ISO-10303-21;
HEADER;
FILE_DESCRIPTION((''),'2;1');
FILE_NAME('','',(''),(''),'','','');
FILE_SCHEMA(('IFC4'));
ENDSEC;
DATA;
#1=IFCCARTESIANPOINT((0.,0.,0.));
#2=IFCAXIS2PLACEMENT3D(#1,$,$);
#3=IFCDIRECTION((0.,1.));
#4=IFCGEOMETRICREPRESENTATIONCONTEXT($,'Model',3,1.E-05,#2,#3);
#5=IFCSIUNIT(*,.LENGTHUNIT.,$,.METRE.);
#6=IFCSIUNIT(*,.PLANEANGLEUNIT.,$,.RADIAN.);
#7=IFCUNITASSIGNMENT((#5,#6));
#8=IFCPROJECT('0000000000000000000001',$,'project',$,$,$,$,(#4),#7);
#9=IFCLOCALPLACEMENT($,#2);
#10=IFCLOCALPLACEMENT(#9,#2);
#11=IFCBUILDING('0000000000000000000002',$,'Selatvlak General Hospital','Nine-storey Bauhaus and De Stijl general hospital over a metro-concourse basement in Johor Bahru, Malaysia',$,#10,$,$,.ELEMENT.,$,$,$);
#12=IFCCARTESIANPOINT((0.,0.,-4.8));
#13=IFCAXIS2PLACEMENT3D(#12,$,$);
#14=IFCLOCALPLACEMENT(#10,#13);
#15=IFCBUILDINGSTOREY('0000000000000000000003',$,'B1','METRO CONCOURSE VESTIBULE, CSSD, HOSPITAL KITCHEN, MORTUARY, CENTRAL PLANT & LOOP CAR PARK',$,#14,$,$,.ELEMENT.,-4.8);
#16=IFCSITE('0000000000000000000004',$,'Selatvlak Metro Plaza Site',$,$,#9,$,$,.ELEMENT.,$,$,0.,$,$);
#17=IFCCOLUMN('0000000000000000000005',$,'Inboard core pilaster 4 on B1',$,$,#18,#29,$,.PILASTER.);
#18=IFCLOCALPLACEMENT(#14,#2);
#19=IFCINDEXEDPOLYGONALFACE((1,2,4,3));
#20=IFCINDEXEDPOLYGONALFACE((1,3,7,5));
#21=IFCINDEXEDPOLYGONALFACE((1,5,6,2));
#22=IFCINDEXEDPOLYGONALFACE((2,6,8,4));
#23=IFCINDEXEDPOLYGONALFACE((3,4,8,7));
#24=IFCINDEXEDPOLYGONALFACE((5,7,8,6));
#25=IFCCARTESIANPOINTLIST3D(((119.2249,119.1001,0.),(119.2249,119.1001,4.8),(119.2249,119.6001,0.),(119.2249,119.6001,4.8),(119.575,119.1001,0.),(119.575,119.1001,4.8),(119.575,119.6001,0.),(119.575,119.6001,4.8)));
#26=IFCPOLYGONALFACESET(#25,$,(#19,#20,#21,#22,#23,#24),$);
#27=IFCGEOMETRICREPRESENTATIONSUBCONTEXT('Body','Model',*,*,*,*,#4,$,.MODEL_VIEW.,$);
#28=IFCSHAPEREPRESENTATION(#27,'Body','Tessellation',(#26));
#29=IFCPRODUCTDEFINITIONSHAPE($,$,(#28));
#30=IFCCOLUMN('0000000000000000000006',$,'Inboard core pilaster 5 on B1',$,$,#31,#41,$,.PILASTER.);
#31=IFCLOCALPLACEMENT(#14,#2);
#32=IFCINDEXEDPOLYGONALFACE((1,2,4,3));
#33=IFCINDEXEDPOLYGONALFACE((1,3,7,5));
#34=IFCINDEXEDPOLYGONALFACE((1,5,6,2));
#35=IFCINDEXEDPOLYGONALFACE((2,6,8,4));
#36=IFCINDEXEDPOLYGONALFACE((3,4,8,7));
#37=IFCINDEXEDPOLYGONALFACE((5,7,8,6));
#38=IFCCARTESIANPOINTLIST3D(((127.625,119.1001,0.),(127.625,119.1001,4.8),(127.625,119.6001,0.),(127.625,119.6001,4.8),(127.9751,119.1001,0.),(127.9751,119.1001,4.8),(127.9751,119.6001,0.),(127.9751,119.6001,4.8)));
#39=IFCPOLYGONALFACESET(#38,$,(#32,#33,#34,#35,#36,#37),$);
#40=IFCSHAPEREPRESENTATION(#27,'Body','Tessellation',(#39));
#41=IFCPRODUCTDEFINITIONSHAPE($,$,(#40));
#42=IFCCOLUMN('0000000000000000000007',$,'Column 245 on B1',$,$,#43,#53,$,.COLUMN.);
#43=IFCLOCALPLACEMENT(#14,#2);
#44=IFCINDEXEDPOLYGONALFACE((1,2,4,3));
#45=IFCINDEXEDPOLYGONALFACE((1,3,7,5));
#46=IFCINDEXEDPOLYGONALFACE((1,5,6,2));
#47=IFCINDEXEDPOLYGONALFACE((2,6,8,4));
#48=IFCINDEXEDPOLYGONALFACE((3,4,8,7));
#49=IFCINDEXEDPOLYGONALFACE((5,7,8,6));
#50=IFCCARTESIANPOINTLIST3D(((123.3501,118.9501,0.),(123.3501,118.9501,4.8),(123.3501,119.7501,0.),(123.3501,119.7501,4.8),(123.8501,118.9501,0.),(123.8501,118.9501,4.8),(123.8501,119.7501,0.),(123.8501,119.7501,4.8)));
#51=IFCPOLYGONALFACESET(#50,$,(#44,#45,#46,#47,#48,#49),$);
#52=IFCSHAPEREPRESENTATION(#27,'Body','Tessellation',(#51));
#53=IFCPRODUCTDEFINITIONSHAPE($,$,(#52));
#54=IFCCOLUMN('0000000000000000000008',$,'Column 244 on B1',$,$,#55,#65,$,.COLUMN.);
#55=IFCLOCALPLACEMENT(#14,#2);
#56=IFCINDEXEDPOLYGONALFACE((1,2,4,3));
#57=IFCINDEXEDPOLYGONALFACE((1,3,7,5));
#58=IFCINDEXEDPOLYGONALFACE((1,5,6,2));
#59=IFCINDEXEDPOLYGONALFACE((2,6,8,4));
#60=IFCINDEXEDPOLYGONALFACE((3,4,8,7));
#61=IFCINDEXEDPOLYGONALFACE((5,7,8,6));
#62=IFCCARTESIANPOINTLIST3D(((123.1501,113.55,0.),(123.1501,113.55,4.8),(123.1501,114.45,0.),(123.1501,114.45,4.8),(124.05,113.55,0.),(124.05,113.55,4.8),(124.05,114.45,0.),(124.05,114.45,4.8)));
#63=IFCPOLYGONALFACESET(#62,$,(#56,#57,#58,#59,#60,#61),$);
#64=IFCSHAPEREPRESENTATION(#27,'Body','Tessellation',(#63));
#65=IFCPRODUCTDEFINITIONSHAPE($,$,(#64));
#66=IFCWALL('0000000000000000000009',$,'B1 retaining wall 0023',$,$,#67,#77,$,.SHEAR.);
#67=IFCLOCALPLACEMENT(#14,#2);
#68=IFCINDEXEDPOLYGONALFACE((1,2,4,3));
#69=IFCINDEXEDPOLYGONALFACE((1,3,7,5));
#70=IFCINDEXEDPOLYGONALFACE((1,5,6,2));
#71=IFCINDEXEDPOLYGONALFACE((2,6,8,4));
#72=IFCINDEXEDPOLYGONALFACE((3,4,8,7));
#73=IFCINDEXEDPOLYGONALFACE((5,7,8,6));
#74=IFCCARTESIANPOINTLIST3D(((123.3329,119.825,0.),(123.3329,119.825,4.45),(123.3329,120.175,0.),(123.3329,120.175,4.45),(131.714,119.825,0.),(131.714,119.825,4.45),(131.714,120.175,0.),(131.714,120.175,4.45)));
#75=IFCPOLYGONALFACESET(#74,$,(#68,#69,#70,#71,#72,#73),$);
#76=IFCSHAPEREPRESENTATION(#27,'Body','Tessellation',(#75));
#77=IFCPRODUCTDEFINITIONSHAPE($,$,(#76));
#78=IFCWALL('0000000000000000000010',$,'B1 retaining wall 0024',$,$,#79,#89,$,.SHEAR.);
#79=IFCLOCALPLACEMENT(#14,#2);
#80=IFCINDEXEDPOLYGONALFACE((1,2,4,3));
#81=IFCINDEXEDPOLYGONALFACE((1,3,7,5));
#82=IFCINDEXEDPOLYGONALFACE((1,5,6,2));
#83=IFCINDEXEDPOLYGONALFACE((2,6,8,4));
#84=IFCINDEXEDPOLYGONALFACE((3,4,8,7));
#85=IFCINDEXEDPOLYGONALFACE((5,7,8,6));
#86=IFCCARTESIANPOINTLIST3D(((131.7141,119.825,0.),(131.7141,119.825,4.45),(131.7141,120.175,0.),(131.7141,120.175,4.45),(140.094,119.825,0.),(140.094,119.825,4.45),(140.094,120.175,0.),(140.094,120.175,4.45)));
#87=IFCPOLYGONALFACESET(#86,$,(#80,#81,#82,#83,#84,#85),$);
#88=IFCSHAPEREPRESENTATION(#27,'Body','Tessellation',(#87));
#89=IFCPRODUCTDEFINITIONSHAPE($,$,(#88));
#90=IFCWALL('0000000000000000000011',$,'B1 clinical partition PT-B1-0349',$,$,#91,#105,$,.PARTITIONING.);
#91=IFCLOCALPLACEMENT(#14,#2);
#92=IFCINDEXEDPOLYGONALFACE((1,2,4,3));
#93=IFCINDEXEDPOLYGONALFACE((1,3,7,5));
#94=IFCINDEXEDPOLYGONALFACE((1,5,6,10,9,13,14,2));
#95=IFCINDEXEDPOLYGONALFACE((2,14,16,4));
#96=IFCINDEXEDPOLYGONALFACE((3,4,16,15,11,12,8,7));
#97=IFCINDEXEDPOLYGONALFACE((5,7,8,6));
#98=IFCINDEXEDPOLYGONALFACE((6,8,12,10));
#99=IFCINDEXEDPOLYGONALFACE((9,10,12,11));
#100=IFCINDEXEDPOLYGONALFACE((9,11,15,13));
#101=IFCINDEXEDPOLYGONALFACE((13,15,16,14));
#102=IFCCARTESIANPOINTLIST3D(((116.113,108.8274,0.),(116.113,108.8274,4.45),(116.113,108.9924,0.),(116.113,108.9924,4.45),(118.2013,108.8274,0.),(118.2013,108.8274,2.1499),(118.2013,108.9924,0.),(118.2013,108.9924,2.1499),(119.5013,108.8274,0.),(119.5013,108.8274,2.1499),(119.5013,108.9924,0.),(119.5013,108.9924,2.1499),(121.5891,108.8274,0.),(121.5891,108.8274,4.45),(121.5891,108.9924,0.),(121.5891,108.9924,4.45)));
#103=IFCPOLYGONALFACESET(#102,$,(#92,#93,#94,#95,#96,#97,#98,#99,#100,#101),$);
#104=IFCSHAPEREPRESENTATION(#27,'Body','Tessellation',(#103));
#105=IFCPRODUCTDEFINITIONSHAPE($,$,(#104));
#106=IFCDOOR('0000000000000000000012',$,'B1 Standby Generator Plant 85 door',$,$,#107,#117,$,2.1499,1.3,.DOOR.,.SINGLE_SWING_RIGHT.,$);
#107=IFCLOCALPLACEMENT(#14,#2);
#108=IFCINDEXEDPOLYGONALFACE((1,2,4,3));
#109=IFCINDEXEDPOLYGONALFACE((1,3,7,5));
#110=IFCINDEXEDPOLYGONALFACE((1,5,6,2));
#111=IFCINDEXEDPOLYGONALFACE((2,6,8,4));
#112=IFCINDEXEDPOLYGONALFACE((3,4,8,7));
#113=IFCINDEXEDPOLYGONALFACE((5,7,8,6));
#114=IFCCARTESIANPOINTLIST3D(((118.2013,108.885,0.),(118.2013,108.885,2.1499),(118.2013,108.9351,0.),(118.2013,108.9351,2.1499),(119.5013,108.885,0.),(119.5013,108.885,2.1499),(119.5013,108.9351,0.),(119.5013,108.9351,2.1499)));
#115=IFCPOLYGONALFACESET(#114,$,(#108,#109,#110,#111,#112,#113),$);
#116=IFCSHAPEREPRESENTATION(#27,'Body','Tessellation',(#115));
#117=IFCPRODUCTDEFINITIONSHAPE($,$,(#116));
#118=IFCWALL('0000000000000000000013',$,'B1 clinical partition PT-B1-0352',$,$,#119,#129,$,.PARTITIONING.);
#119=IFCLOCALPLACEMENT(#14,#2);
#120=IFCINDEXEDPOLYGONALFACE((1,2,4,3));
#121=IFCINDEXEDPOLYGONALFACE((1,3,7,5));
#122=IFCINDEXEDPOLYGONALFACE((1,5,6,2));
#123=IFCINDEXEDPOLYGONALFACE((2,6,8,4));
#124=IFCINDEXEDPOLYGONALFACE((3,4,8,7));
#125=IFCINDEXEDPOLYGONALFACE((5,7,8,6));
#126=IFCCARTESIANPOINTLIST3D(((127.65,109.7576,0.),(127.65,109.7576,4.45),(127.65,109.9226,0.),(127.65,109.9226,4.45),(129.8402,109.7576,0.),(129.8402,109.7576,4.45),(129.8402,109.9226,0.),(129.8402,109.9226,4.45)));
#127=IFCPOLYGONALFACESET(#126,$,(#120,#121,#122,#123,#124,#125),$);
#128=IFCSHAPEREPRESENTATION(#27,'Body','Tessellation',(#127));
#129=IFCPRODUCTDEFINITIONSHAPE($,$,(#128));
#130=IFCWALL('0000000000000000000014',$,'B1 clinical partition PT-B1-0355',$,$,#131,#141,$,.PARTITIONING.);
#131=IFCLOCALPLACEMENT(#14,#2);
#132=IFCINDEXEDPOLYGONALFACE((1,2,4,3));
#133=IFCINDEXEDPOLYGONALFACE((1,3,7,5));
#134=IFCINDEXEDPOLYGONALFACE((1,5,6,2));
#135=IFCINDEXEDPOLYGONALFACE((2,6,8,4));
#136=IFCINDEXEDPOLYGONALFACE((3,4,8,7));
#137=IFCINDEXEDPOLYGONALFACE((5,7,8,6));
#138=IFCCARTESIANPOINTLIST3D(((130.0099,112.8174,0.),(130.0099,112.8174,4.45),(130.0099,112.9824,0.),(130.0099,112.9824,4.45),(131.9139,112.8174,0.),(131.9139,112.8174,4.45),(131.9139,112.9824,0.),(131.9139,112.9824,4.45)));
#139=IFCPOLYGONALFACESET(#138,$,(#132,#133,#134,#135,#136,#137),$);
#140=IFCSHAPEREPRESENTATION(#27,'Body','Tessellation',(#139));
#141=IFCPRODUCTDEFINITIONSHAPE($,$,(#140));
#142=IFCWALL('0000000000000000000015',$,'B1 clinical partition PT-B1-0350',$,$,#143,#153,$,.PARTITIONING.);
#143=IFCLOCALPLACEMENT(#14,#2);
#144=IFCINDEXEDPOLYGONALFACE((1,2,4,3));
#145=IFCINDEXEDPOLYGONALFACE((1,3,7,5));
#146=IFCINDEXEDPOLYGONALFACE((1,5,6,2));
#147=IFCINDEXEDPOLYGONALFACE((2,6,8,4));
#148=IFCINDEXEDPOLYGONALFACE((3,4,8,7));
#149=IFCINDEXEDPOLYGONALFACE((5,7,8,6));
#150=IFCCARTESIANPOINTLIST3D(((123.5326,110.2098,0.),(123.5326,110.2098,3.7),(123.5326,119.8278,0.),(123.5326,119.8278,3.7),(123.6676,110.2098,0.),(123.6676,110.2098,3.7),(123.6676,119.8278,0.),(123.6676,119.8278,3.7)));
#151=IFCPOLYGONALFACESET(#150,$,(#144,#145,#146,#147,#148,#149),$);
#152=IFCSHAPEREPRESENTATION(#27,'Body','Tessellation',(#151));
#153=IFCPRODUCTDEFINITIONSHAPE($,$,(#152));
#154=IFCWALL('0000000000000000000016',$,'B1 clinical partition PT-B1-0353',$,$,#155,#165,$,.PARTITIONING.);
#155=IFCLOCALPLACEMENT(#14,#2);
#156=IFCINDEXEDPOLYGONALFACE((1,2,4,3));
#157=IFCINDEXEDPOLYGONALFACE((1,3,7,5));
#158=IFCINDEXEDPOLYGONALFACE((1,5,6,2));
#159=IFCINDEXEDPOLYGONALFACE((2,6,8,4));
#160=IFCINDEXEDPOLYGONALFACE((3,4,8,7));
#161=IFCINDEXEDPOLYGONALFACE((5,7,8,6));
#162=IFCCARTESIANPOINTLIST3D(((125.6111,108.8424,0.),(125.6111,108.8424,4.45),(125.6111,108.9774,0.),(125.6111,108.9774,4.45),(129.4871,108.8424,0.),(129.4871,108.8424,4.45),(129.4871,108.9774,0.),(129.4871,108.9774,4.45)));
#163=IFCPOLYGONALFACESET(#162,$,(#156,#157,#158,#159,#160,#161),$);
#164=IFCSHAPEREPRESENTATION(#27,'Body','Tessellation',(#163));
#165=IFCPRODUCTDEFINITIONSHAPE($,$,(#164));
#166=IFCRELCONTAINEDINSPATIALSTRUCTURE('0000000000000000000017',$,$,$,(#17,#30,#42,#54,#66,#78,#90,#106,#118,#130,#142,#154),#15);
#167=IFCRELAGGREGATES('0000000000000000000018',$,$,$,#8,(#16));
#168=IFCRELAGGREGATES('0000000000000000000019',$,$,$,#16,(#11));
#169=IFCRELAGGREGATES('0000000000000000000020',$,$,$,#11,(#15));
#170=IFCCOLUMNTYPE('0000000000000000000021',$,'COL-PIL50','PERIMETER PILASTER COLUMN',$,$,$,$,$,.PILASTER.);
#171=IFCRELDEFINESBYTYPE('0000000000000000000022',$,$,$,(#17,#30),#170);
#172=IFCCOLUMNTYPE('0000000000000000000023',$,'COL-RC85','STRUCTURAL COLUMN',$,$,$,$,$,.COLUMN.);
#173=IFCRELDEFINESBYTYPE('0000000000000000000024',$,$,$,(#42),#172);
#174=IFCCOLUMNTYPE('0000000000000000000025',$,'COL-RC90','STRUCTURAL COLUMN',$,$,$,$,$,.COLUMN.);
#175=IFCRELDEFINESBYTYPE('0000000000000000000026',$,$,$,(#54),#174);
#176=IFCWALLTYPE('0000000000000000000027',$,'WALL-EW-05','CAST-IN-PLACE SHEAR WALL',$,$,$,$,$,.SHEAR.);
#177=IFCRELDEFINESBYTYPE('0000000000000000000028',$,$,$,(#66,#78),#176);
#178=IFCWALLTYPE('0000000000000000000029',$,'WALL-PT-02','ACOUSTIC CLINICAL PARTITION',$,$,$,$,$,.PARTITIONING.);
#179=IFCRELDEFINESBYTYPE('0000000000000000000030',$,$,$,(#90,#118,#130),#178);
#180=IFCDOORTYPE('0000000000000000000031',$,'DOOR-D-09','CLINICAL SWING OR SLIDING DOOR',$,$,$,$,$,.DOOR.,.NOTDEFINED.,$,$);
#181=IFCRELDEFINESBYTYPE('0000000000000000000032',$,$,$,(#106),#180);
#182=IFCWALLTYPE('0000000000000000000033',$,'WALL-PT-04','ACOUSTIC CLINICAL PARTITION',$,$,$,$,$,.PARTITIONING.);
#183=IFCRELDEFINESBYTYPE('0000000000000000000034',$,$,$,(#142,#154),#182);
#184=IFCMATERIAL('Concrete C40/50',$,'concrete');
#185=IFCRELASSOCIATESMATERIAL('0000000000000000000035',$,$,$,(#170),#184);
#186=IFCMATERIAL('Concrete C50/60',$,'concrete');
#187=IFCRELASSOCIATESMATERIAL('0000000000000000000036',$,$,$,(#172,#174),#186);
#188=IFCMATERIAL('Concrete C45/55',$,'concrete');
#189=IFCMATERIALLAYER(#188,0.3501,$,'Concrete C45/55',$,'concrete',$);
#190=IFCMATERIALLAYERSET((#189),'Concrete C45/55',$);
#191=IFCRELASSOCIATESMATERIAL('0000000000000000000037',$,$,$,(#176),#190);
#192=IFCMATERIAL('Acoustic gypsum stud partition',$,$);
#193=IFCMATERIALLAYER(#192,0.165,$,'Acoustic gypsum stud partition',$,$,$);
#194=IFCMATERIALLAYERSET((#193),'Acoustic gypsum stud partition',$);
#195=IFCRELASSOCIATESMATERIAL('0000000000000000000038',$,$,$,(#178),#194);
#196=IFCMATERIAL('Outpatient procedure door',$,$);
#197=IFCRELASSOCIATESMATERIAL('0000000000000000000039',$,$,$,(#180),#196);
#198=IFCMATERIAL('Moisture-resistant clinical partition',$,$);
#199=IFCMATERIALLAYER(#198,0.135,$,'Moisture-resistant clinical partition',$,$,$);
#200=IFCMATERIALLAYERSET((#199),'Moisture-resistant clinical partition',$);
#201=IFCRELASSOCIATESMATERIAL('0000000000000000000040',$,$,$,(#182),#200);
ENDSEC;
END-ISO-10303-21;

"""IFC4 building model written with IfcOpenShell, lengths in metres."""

from ifc_helpers import new_model, si_unit, direction, frame, frame_2d, origin, origin_2d, place, context, subcontext, project, spatial, rectangle, extrude, material, layer, layer_set, material_profile, profile_set, type_object, element, fill, save


model = new_model("IFC4")

# Units and contexts
model_context = context("Model", 3, precision=1e-05, world=origin(), true_north=direction((0.0, 1.0)))
body_context = subcontext(model_context, "Body", "Model", "MODEL_VIEW")
ifc_project = project(units=[si_unit("LENGTHUNIT", "METRE"), si_unit("PLANEANGLEUNIT", "RADIAN")], contexts=[model_context])

# Site, building, storey
site_placement = place(None, origin())
site = spatial("IfcSite", under=ifc_project, at=site_placement, Name="Selatvlak Metro Plaza Site", CompositionType="ELEMENT", RefElevation=0.0)
building_placement = place(site_placement, origin())
building = spatial("IfcBuilding", under=site, at=building_placement, Name="Selatvlak General Hospital", Description="Nine-storey Bauhaus and De Stijl general hospital over a metro-concourse basement in Johor Bahru, Malaysia", CompositionType="ELEMENT")
storey_placement = place(building_placement, frame((0.0, 0.0, -4.8)))
storey = spatial("IfcBuildingStorey", under=building, at=storey_placement, Name="B1", Description="METRO CONCOURSE VESTIBULE, CSSD, HOSPITAL KITCHEN, MORTUARY, CENTRAL PLANT & LOOP CAR PARK", CompositionType="ELEMENT", Elevation=-4.8)

# Shared definitions
ifc_material_1 = material(Name="Concrete C40/50", Category="concrete")

# Columns
ifc_material_profile_1 = material_profile(ifc_material_1, rectangle(XDim=0.3501, YDim=0.5, at=origin_2d()), Name="RC-PIL 500x350")
ifc_profile_set_1 = profile_set([ifc_material_profile_1], Name="Concrete C40/50")
column_type_1 = type_object("IfcColumnType", Name="COL-PIL50", Description="PERIMETER PILASTER COLUMN", PredefinedType="PILASTER", material=ifc_profile_set_1)
for number, where, z_axis, x_axis, name in (
    (1, (119.3999, 119.3501, 0.0), (0.0, 0.0, 1.0), (1.0, 0.0, 0.0), "Inboard core pilaster 4 on B1"),
    (2, (127.8, 119.3501, 0.0), (0.0, 0.0, 1.0), (1.0, 0.0, 0.0), "Inboard core pilaster 5 on B1"),
):
    element("IfcColumn", number, at=place(storey_placement, frame(where, z_axis=z_axis, x_axis=x_axis)), inside=storey, type_object=column_type_1, Name=name, PredefinedType="PILASTER", context=body_context, shape_type="SweptSolid", body=[
        extrude(rectangle(XDim=0.3501, YDim=0.5, at=origin_2d()), origin(), (0.0, 0.0, 1.0), 4.8),
    ])
ifc_material_2 = material(Name="Concrete C50/60", Category="concrete")
ifc_material_profile_2 = material_profile(ifc_material_2, rectangle(XDim=0.5, YDim=0.8, at=origin_2d()), Name="RC-COL 800x500")
ifc_profile_set_2 = profile_set([ifc_material_profile_2], Name="Concrete C50/60")
column_type_2 = type_object("IfcColumnType", Name="COL-RC85", Description="STRUCTURAL COLUMN", PredefinedType="COLUMN", material=ifc_profile_set_2)
column_1_placement = place(storey_placement, frame((123.6001, 119.3501, 0.0), z_axis=(0.0, 0.0, 1.0), x_axis=(1.0, 0.0, 0.0)))
element("IfcColumn", 3, at=column_1_placement, inside=storey, type_object=column_type_2, Name="Column 245 on B1", PredefinedType="COLUMN", context=body_context, shape_type="SweptSolid", body=[
    extrude(rectangle(XDim=0.5, YDim=0.8, at=origin_2d()), origin(), (0.0, 0.0, 1.0), 4.8),
])
ifc_material_profile_3 = material_profile(ifc_material_2, rectangle(XDim=0.8999, YDim=0.8999, at=origin_2d()), Name="RC-COL 900x900")
ifc_profile_set_3 = profile_set([ifc_material_profile_3], Name="Concrete C50/60")
column_type_3 = type_object("IfcColumnType", Name="COL-RC90", Description="STRUCTURAL COLUMN", PredefinedType="COLUMN", material=ifc_profile_set_3)
column_2_placement = place(storey_placement, frame((123.6001, 114.0, 0.0), z_axis=(0.0, 0.0, 1.0), x_axis=(1.0, 0.0, 0.0)))
element("IfcColumn", 4, at=column_2_placement, inside=storey, type_object=column_type_3, Name="Column 244 on B1", PredefinedType="COLUMN", context=body_context, shape_type="SweptSolid", body=[
    extrude(rectangle(XDim=0.8999, YDim=0.8999, at=origin_2d()), origin(), (0.0, 0.0, 1.0), 4.8),
])

# Walls
ifc_material_3 = material(Name="Concrete C45/55", Category="concrete")
ifc_layer_1 = layer(ifc_material_3, 0.3501, Name="Concrete C45/55", Category="concrete")
ifc_layer_set_1 = layer_set([ifc_layer_1], Name="Concrete C45/55")
wall_type_1 = type_object("IfcWallType", Name="WALL-EW-05", Description="CAST-IN-PLACE SHEAR WALL", PredefinedType="SHEAR", material=ifc_layer_set_1)
wall_1_placement = place(storey_placement, frame((123.333, 120.0, 0.0), z_axis=(0.0, 0.0, 1.0), x_axis=(1.0, 0.0, 0.0)))
element("IfcWall", 5, at=wall_1_placement, inside=storey, type_object=wall_type_1, Name="B1 retaining wall 0023", PredefinedType="SHEAR", context=body_context, shape_type="SweptSolid", body=[
    extrude(rectangle(XDim=8.3811, YDim=0.3501, at=frame_2d((4.1904, 0.0))), origin(), (0.0, 0.0, 1.0), 4.45),
])
wall_2_placement = place(storey_placement, frame((131.7141, 120.0, 0.0), z_axis=(0.0, 0.0, 1.0), x_axis=(1.0, 0.0, 0.0)))
element("IfcWall", 6, at=wall_2_placement, inside=storey, type_object=wall_type_1, Name="B1 retaining wall 0024", PredefinedType="SHEAR", context=body_context, shape_type="SweptSolid", body=[
    extrude(rectangle(XDim=8.3799, YDim=0.3501, at=frame_2d((4.1899, 0.0))), origin(), (0.0, 0.0, 1.0), 4.45),
])

# Wall, opening, door
ifc_material_4 = material(Name="Acoustic gypsum stud partition")
ifc_layer_2 = layer(ifc_material_4, 0.165, Name="Acoustic gypsum stud partition")
ifc_layer_set_2 = layer_set([ifc_layer_2], Name="Acoustic gypsum stud partition")
wall_type_2 = type_object("IfcWallType", Name="WALL-PT-02", Description="ACOUSTIC CLINICAL PARTITION", PredefinedType="PARTITIONING", material=ifc_layer_set_2)
wall_3_placement = place(storey_placement, frame((121.5891, 108.9099, 0.0), z_axis=(0.0, 0.0, 1.0), x_axis=(-1.0, 0.0, 0.0)))
wall_3 = element("IfcWall", 7, at=wall_3_placement, inside=storey, type_object=wall_type_2, Name="B1 clinical partition PT-B1-0349", PredefinedType="PARTITIONING", context=body_context, shape_type="SweptSolid", body=[
    extrude(rectangle(XDim=5.4761, YDim=0.165, at=frame_2d((2.738, 0.0))), origin(), (0.0, 0.0, 1.0), 4.45),
])
opening_1_placement = place(wall_3_placement, frame((2.0879, 0.0, 0.0)))
opening_1 = element("IfcOpeningElement", 8, at=opening_1_placement, cuts=wall_3, PredefinedType="OPENING", context=body_context, shape_type="SweptSolid", body=[
    extrude(rectangle(XDim=1.3, YDim=2.1499, at=frame_2d((0.6499, 1.075))), frame((0.0, 0.0925, 0.0), z_axis=(0.0, -1.0, 0.0), x_axis=(1.0, 0.0, 0.0)), (0.0, 0.0, 1.0), 0.1851),
])
ifc_material_5 = material(Name="Outpatient procedure door")
door_type_1 = type_object("IfcDoorType", Name="DOOR-D-09", Description="CLINICAL SWING OR SLIDING DOOR", OperationType="NOTDEFINED", PredefinedType="DOOR", material=ifc_material_5)
door_1_placement = place(opening_1_placement, origin())
door_1 = element("IfcDoor", 9, at=door_1_placement, inside=storey, type_object=door_type_1, Name="B1 Standby Generator Plant 85 door", OperationType="SINGLE_SWING_RIGHT", OverallHeight=2.1499, OverallWidth=1.3, PredefinedType="DOOR", context=body_context, shape_type="SweptSolid", body=[
    extrude(rectangle(XDim=1.3, YDim=2.1499, at=frame_2d((0.6499, 1.075))), frame((0.0, 0.0249, 0.0), z_axis=(0.0, -1.0, 0.0), x_axis=(1.0, 0.0, 0.0)), (0.0, 0.0, 1.0), 0.05),
])
fill(opening_1, door_1)

# Walls
wall_4_placement = place(storey_placement, frame((127.6499, 109.8401, 0.0), z_axis=(0.0, 0.0, 1.0), x_axis=(1.0, 0.0, 0.0)))
element("IfcWall", 10, at=wall_4_placement, inside=storey, type_object=wall_type_2, Name="B1 clinical partition PT-B1-0352", PredefinedType="PARTITIONING", context=body_context, shape_type="SweptSolid", body=[
    extrude(rectangle(XDim=2.1902, YDim=0.165, at=frame_2d((1.0952, 0.0))), origin(), (0.0, 0.0, 1.0), 4.45),
])
wall_5_placement = place(storey_placement, frame((131.9141, 112.8999, 0.0), z_axis=(0.0, 0.0, 1.0), x_axis=(-1.0, 0.0, 0.0)))
element("IfcWall", 11, at=wall_5_placement, inside=storey, type_object=wall_type_2, Name="B1 clinical partition PT-B1-0355", PredefinedType="PARTITIONING", context=body_context, shape_type="SweptSolid", body=[
    extrude(rectangle(XDim=1.9041, YDim=0.165, at=frame_2d((0.9521, 0.0))), origin(), (0.0, 0.0, 1.0), 4.45),
])
ifc_material_6 = material(Name="Moisture-resistant clinical partition")
ifc_layer_3 = layer(ifc_material_6, 0.135, Name="Moisture-resistant clinical partition")
ifc_layer_set_3 = layer_set([ifc_layer_3], Name="Moisture-resistant clinical partition")
wall_type_3 = type_object("IfcWallType", Name="WALL-PT-04", Description="ACOUSTIC CLINICAL PARTITION", PredefinedType="PARTITIONING", material=ifc_layer_set_3)
wall_6_placement = place(storey_placement, frame((123.6001, 119.8279, 0.0), z_axis=(0.0, 0.0, 1.0), x_axis=(0.0, -1.0, 0.0)))
element("IfcWall", 12, at=wall_6_placement, inside=storey, type_object=wall_type_3, Name="B1 clinical partition PT-B1-0350", PredefinedType="PARTITIONING", context=body_context, shape_type="SweptSolid", body=[
    extrude(rectangle(XDim=9.6179, YDim=0.135, at=frame_2d((4.8091, 0.0))), origin(), (0.0, 0.0, 1.0), 3.7),
])
wall_7_placement = place(storey_placement, frame((129.4871, 108.9099, 0.0), z_axis=(0.0, 0.0, 1.0), x_axis=(-1.0, 0.0, 0.0)))
element("IfcWall", 13, at=wall_7_placement, inside=storey, type_object=wall_type_3, Name="B1 clinical partition PT-B1-0353", PredefinedType="PARTITIONING", context=body_context, shape_type="SweptSolid", body=[
    extrude(rectangle(XDim=3.876, YDim=0.135, at=frame_2d((1.938, 0.0))), origin(), (0.0, 0.0, 1.0), 4.45),
])

save(model, "model.ifc")
